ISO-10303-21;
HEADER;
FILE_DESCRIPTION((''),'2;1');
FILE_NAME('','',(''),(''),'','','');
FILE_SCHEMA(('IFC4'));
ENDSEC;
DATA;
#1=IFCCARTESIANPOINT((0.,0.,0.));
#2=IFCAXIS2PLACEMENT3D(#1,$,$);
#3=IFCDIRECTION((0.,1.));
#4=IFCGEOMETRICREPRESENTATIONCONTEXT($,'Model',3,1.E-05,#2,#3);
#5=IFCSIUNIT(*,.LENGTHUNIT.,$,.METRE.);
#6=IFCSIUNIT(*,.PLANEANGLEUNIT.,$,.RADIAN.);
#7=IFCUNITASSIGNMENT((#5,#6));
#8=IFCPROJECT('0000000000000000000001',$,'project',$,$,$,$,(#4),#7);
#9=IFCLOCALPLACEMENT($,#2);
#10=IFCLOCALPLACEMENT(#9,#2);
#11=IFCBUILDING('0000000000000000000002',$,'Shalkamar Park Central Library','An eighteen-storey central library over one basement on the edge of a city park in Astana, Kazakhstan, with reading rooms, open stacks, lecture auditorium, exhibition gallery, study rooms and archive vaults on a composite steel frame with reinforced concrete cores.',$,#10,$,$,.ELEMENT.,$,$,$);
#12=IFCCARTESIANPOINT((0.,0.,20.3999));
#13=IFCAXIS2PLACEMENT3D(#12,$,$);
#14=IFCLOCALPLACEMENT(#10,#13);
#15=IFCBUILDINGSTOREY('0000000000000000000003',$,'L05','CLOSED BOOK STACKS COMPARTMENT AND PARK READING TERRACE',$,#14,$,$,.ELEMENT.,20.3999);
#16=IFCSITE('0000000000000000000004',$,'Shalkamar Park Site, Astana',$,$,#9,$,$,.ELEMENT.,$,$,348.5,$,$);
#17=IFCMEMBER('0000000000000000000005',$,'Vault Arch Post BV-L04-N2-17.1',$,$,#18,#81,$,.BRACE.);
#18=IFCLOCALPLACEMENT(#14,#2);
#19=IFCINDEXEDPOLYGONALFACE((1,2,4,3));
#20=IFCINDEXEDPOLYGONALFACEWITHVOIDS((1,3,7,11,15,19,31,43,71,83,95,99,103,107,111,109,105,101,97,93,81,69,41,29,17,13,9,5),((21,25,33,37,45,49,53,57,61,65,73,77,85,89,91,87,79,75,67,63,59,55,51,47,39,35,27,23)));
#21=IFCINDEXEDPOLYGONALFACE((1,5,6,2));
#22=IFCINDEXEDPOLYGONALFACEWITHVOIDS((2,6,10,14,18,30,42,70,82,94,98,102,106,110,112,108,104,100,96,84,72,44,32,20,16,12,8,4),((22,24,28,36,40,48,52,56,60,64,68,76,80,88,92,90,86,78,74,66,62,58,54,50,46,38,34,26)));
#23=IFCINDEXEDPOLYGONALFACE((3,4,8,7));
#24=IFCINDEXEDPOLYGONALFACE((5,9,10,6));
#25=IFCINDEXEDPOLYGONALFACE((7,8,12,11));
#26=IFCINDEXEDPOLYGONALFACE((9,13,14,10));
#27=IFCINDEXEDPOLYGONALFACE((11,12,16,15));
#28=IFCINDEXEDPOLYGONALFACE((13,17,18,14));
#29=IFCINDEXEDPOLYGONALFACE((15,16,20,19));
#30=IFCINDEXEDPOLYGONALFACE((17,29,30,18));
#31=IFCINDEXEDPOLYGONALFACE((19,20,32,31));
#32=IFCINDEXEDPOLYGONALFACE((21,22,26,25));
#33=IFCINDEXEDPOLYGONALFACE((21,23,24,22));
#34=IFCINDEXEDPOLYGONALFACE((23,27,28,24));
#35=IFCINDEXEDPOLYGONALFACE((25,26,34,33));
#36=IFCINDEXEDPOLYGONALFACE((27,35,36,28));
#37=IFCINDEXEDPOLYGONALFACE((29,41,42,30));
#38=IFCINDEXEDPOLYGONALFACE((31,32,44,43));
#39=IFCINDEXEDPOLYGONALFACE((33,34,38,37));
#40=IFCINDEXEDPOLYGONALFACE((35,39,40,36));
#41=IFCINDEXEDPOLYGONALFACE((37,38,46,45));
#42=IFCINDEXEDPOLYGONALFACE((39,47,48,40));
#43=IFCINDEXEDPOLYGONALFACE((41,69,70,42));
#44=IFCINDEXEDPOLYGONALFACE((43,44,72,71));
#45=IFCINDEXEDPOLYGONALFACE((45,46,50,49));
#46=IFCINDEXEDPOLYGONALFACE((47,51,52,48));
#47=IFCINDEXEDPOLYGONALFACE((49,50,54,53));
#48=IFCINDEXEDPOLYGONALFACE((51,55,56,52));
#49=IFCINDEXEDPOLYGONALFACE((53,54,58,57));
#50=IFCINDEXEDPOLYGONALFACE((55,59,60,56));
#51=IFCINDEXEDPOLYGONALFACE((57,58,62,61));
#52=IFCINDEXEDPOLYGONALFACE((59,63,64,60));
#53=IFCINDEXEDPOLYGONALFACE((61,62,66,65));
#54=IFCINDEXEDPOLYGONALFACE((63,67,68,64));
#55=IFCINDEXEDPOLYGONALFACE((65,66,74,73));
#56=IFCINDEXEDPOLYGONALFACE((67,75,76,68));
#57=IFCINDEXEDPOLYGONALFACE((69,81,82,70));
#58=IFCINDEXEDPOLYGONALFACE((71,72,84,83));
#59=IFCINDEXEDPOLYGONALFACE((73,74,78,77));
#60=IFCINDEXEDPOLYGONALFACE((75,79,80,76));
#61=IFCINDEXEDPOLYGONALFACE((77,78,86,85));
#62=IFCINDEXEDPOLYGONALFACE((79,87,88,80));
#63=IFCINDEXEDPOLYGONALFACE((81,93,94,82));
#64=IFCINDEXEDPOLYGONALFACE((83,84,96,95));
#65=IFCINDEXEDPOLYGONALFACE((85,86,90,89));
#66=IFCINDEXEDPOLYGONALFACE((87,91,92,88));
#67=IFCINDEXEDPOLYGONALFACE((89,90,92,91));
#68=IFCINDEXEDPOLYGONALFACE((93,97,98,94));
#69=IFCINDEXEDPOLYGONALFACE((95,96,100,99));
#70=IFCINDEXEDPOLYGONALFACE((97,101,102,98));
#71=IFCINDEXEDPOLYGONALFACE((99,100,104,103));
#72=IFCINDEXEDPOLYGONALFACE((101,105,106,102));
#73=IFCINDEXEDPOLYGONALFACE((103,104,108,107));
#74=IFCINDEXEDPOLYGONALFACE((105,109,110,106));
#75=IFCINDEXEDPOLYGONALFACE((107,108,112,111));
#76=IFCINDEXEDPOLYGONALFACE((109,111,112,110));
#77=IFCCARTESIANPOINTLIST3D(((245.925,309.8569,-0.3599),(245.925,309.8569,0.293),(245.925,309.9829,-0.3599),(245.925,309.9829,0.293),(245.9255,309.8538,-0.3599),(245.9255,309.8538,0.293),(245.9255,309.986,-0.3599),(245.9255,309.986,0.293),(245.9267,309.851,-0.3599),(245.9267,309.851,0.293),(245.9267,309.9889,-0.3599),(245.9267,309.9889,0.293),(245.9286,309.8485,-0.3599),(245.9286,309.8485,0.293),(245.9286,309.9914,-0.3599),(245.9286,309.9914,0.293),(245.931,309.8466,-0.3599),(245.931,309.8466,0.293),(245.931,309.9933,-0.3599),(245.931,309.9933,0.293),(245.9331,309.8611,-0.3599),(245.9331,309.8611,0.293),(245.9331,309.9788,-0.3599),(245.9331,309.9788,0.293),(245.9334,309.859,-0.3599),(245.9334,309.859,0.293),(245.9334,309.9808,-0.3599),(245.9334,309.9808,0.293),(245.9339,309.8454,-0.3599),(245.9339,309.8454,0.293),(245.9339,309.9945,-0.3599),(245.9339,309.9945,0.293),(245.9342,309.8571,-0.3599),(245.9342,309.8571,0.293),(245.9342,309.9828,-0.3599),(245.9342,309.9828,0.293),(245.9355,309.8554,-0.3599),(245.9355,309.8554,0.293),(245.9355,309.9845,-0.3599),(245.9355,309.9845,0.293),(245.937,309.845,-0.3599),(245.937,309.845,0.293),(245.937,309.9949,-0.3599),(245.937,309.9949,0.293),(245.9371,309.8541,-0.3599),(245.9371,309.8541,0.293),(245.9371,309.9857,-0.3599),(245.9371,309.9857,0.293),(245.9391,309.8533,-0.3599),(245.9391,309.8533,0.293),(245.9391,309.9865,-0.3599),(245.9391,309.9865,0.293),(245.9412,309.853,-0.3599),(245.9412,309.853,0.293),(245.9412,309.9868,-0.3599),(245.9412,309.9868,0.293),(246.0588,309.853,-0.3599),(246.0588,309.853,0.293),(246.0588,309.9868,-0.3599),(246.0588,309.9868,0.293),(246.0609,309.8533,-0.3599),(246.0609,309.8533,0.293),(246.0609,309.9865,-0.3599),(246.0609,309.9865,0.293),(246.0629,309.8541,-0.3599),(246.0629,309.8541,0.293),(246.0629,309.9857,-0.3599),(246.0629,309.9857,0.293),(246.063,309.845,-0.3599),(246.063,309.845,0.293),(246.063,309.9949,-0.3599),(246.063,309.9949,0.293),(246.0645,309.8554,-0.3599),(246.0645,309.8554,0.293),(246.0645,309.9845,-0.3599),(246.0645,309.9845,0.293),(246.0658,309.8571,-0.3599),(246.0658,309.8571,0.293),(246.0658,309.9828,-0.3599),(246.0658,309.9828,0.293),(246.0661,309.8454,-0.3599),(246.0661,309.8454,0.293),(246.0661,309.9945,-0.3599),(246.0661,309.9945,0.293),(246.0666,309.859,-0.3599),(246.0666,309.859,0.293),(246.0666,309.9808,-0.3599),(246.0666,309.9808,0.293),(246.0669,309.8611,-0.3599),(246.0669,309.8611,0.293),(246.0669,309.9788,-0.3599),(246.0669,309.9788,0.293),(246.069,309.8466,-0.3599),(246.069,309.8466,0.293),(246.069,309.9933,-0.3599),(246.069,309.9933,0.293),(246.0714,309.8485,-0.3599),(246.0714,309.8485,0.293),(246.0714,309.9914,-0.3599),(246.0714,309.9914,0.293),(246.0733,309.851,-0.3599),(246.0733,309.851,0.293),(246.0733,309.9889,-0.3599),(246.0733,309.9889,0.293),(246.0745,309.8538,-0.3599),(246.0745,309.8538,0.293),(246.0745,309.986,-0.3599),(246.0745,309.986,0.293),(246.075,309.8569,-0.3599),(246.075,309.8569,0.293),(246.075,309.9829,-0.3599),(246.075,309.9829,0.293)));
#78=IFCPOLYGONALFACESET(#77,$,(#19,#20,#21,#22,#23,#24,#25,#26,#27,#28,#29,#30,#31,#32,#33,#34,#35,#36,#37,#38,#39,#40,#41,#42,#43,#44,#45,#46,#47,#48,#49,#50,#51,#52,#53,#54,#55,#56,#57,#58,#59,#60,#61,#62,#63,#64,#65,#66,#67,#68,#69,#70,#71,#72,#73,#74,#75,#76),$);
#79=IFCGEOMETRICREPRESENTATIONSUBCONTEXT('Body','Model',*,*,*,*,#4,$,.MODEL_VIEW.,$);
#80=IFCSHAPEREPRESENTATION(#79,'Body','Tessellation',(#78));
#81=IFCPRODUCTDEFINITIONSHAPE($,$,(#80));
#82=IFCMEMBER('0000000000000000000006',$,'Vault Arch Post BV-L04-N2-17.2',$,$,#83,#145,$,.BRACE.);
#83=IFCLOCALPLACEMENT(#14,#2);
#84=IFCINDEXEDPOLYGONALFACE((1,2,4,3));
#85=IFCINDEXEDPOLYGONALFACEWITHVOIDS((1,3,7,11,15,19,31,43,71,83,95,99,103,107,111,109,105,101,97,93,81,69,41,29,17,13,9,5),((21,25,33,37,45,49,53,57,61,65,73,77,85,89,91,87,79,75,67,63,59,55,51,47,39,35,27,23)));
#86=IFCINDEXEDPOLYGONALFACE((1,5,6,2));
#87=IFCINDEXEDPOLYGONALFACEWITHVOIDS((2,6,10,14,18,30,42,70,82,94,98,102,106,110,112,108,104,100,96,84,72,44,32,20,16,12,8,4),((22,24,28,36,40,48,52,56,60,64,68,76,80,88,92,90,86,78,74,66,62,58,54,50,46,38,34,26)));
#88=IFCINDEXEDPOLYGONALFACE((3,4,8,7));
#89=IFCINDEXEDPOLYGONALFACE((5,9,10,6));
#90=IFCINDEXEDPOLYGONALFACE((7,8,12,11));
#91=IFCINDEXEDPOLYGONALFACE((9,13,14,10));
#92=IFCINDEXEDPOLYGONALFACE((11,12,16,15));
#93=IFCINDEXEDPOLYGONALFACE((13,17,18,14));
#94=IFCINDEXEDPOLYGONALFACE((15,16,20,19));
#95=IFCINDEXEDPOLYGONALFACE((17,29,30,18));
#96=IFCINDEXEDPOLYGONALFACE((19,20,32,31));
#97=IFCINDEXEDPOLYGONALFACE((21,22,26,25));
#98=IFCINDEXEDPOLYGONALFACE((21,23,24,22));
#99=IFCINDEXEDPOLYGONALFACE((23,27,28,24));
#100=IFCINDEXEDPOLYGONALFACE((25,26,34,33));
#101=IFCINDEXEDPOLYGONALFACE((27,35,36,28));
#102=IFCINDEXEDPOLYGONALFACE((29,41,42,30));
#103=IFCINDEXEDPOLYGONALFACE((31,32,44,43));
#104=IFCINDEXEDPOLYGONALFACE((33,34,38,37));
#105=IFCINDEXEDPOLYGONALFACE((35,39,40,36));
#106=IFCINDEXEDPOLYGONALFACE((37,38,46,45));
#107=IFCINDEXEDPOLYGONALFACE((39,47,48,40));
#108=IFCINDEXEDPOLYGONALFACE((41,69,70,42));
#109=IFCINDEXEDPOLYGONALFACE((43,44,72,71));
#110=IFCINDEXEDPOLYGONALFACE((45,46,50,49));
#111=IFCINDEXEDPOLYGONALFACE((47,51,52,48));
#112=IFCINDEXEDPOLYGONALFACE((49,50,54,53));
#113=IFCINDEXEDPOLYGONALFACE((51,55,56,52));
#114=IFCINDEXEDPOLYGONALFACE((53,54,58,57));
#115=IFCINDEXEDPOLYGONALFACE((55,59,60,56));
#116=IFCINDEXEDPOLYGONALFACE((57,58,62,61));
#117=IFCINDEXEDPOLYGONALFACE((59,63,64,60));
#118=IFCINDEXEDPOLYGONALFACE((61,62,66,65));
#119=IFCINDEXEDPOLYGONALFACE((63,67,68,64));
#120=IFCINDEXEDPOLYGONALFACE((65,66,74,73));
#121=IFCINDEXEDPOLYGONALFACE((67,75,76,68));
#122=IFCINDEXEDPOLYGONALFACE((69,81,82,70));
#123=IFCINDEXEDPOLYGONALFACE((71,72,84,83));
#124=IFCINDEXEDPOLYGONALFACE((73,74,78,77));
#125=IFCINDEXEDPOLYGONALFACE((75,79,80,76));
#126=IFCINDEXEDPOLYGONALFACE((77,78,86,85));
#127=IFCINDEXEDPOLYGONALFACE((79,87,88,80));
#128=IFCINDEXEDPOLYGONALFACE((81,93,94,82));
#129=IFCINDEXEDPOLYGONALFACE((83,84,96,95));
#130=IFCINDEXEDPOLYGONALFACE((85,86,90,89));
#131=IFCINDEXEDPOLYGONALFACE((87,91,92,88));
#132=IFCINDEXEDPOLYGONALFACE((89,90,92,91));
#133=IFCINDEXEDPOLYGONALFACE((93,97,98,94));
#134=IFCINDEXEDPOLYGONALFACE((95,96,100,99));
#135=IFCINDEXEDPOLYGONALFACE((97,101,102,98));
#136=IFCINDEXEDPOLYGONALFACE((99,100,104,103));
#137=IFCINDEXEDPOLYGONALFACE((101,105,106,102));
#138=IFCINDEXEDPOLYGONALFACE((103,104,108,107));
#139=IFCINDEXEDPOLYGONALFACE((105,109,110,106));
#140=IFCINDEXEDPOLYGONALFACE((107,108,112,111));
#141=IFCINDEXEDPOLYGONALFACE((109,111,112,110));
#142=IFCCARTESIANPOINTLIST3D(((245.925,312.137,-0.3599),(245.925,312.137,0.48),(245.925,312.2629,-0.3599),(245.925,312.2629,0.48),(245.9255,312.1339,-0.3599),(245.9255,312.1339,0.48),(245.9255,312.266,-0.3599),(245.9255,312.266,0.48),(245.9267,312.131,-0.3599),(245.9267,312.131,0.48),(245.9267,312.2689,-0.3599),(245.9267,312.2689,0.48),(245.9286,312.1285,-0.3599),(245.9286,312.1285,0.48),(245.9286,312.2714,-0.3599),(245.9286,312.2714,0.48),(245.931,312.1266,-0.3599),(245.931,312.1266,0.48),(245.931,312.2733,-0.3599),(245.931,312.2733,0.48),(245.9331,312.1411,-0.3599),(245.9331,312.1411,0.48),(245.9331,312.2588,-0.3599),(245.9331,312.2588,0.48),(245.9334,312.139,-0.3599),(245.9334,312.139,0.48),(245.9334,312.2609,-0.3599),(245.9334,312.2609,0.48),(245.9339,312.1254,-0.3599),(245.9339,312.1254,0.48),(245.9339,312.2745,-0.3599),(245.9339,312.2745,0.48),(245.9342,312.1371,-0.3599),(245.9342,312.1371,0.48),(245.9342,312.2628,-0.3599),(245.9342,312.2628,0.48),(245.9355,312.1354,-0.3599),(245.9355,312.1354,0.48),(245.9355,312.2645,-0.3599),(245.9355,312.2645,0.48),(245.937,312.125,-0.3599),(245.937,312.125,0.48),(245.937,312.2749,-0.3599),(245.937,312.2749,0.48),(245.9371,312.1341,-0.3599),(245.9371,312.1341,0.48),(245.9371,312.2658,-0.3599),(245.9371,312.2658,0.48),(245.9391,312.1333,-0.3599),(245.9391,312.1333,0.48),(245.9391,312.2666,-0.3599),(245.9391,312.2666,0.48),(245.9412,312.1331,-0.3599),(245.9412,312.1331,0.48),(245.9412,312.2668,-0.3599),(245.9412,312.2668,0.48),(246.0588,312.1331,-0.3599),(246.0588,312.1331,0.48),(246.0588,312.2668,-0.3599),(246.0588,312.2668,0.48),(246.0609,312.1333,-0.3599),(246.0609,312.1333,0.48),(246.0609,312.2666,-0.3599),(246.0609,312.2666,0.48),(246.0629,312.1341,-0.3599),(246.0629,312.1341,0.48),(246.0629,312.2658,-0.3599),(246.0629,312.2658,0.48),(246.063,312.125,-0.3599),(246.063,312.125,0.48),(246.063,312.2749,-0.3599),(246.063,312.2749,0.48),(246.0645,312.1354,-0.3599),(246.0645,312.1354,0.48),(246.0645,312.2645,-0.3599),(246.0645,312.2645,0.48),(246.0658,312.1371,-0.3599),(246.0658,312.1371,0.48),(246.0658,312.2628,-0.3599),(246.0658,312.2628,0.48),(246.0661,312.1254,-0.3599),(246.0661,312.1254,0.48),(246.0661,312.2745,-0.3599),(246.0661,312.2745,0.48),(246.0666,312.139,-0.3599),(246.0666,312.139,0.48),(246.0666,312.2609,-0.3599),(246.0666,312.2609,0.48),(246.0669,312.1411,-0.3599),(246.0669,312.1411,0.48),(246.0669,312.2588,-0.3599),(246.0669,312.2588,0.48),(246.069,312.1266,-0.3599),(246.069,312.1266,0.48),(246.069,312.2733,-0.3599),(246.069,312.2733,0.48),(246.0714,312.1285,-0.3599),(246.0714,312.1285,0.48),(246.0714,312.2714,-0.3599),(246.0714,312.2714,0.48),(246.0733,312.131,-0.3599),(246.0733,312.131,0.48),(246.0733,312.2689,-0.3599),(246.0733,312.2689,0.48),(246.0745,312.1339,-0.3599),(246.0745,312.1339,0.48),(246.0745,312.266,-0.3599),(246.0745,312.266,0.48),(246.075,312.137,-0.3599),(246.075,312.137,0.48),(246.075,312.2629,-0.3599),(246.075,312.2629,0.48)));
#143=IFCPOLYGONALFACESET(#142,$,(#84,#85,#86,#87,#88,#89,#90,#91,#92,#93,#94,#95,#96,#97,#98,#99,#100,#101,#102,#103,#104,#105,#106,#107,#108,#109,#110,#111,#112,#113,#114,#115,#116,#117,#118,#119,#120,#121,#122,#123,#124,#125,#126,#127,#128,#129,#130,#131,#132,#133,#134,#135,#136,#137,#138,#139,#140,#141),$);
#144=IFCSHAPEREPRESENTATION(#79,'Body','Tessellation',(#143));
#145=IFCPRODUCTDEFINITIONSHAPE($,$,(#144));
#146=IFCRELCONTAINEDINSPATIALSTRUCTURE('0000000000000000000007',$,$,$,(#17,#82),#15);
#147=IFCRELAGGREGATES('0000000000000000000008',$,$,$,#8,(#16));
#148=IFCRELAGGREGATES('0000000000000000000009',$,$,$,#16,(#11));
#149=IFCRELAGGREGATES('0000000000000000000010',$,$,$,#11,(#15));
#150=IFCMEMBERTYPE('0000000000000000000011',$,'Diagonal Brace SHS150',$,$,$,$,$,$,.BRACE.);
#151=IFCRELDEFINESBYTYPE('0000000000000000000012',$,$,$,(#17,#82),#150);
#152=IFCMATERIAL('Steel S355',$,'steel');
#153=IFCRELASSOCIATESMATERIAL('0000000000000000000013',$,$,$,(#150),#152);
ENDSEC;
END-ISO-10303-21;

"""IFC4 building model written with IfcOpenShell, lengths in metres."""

from ifc_helpers import new_model, si_unit, direction, frame, origin, origin_2d, place, context, subcontext, project, spatial, hollow_rectangle, extrude, material, material_profile, profile_set, type_object, element, save


model = new_model("IFC4")

# Units and contexts
model_context = context("Model", 3, precision=1e-05, world=origin(), true_north=direction((0.0, 1.0)))
body_context = subcontext(model_context, "Body", "Model", "MODEL_VIEW")
ifc_project = project(units=[si_unit("LENGTHUNIT", "METRE"), si_unit("PLANEANGLEUNIT", "RADIAN")], contexts=[model_context])

# Site, building, storey
site_placement = place(None, origin())
site = spatial("IfcSite", under=ifc_project, at=site_placement, Name="Shalkamar Park Site, Astana", CompositionType="ELEMENT", RefElevation=348.5)
building_placement = place(site_placement, origin())
building = spatial("IfcBuilding", under=site, at=building_placement, Name="Shalkamar Park Central Library", Description="An eighteen-storey central library over one basement on the edge of a city park in Astana, Kazakhstan, with reading rooms, open stacks, lecture auditorium, exhibition gallery, study rooms and archive vaults on a composite steel frame with reinforced concrete cores.", CompositionType="ELEMENT")
storey_placement = place(building_placement, frame((0.0, 0.0, 20.3999)))
storey = spatial("IfcBuildingStorey", under=building, at=storey_placement, Name="L05", Description="CLOSED BOOK STACKS COMPARTMENT AND PARK READING TERRACE", CompositionType="ELEMENT", Elevation=20.3999)

# Members
ifc_material = material(Name="Steel S355", Category="steel")
ifc_material_profile_1 = material_profile(ifc_material, hollow_rectangle(XDim=0.1499, YDim=0.1499, WallThickness=0.0081, InnerFilletRadius=0.0081, OuterFilletRadius=0.012, at=origin_2d()), Name="SHS 150x150x8")
ifc_profile_set_1 = profile_set([ifc_material_profile_1], Name="Steel S355")
member_type_1 = type_object("IfcMemberType", Name="Diagonal Brace SHS150", PredefinedType="BRACE", material=ifc_profile_set_1)
for number, where, z_axis, x_axis, name in (
    (1, (246.0, 309.9199, -0.3599), (0.0, 0.0, 1.0), (1.0, 0.0, 0.0), "Vault Arch Post BV-L04-N2-17.1"),
):
    element("IfcMember", number, at=place(storey_placement, frame(where, z_axis=z_axis, x_axis=x_axis)), inside=storey, type_object=member_type_1, Name=name, PredefinedType="BRACE", context=body_context, shape_type="SweptSolid", body=[
        extrude(hollow_rectangle(XDim=0.1499, YDim=0.1499, WallThickness=0.0081, InnerFilletRadius=0.0081, OuterFilletRadius=0.012, at=origin_2d()), origin(), (0.0, 0.0, 1.0), 0.6528),
    ])
member_1_placement = place(storey_placement, frame((246.0, 312.2, -0.3599), z_axis=(0.0, 0.0, 1.0), x_axis=(1.0, 0.0, 0.0)))
element("IfcMember", 2, at=member_1_placement, inside=storey, type_object=member_type_1, Name="Vault Arch Post BV-L04-N2-17.2", PredefinedType="BRACE", context=body_context, shape_type="SweptSolid", body=[
    extrude(hollow_rectangle(XDim=0.1499, YDim=0.1499, WallThickness=0.0081, InnerFilletRadius=0.0081, OuterFilletRadius=0.012, at=origin_2d()), origin(), (0.0, 0.0, 1.0), 0.8398),
])

save(model, "model.ifc")
